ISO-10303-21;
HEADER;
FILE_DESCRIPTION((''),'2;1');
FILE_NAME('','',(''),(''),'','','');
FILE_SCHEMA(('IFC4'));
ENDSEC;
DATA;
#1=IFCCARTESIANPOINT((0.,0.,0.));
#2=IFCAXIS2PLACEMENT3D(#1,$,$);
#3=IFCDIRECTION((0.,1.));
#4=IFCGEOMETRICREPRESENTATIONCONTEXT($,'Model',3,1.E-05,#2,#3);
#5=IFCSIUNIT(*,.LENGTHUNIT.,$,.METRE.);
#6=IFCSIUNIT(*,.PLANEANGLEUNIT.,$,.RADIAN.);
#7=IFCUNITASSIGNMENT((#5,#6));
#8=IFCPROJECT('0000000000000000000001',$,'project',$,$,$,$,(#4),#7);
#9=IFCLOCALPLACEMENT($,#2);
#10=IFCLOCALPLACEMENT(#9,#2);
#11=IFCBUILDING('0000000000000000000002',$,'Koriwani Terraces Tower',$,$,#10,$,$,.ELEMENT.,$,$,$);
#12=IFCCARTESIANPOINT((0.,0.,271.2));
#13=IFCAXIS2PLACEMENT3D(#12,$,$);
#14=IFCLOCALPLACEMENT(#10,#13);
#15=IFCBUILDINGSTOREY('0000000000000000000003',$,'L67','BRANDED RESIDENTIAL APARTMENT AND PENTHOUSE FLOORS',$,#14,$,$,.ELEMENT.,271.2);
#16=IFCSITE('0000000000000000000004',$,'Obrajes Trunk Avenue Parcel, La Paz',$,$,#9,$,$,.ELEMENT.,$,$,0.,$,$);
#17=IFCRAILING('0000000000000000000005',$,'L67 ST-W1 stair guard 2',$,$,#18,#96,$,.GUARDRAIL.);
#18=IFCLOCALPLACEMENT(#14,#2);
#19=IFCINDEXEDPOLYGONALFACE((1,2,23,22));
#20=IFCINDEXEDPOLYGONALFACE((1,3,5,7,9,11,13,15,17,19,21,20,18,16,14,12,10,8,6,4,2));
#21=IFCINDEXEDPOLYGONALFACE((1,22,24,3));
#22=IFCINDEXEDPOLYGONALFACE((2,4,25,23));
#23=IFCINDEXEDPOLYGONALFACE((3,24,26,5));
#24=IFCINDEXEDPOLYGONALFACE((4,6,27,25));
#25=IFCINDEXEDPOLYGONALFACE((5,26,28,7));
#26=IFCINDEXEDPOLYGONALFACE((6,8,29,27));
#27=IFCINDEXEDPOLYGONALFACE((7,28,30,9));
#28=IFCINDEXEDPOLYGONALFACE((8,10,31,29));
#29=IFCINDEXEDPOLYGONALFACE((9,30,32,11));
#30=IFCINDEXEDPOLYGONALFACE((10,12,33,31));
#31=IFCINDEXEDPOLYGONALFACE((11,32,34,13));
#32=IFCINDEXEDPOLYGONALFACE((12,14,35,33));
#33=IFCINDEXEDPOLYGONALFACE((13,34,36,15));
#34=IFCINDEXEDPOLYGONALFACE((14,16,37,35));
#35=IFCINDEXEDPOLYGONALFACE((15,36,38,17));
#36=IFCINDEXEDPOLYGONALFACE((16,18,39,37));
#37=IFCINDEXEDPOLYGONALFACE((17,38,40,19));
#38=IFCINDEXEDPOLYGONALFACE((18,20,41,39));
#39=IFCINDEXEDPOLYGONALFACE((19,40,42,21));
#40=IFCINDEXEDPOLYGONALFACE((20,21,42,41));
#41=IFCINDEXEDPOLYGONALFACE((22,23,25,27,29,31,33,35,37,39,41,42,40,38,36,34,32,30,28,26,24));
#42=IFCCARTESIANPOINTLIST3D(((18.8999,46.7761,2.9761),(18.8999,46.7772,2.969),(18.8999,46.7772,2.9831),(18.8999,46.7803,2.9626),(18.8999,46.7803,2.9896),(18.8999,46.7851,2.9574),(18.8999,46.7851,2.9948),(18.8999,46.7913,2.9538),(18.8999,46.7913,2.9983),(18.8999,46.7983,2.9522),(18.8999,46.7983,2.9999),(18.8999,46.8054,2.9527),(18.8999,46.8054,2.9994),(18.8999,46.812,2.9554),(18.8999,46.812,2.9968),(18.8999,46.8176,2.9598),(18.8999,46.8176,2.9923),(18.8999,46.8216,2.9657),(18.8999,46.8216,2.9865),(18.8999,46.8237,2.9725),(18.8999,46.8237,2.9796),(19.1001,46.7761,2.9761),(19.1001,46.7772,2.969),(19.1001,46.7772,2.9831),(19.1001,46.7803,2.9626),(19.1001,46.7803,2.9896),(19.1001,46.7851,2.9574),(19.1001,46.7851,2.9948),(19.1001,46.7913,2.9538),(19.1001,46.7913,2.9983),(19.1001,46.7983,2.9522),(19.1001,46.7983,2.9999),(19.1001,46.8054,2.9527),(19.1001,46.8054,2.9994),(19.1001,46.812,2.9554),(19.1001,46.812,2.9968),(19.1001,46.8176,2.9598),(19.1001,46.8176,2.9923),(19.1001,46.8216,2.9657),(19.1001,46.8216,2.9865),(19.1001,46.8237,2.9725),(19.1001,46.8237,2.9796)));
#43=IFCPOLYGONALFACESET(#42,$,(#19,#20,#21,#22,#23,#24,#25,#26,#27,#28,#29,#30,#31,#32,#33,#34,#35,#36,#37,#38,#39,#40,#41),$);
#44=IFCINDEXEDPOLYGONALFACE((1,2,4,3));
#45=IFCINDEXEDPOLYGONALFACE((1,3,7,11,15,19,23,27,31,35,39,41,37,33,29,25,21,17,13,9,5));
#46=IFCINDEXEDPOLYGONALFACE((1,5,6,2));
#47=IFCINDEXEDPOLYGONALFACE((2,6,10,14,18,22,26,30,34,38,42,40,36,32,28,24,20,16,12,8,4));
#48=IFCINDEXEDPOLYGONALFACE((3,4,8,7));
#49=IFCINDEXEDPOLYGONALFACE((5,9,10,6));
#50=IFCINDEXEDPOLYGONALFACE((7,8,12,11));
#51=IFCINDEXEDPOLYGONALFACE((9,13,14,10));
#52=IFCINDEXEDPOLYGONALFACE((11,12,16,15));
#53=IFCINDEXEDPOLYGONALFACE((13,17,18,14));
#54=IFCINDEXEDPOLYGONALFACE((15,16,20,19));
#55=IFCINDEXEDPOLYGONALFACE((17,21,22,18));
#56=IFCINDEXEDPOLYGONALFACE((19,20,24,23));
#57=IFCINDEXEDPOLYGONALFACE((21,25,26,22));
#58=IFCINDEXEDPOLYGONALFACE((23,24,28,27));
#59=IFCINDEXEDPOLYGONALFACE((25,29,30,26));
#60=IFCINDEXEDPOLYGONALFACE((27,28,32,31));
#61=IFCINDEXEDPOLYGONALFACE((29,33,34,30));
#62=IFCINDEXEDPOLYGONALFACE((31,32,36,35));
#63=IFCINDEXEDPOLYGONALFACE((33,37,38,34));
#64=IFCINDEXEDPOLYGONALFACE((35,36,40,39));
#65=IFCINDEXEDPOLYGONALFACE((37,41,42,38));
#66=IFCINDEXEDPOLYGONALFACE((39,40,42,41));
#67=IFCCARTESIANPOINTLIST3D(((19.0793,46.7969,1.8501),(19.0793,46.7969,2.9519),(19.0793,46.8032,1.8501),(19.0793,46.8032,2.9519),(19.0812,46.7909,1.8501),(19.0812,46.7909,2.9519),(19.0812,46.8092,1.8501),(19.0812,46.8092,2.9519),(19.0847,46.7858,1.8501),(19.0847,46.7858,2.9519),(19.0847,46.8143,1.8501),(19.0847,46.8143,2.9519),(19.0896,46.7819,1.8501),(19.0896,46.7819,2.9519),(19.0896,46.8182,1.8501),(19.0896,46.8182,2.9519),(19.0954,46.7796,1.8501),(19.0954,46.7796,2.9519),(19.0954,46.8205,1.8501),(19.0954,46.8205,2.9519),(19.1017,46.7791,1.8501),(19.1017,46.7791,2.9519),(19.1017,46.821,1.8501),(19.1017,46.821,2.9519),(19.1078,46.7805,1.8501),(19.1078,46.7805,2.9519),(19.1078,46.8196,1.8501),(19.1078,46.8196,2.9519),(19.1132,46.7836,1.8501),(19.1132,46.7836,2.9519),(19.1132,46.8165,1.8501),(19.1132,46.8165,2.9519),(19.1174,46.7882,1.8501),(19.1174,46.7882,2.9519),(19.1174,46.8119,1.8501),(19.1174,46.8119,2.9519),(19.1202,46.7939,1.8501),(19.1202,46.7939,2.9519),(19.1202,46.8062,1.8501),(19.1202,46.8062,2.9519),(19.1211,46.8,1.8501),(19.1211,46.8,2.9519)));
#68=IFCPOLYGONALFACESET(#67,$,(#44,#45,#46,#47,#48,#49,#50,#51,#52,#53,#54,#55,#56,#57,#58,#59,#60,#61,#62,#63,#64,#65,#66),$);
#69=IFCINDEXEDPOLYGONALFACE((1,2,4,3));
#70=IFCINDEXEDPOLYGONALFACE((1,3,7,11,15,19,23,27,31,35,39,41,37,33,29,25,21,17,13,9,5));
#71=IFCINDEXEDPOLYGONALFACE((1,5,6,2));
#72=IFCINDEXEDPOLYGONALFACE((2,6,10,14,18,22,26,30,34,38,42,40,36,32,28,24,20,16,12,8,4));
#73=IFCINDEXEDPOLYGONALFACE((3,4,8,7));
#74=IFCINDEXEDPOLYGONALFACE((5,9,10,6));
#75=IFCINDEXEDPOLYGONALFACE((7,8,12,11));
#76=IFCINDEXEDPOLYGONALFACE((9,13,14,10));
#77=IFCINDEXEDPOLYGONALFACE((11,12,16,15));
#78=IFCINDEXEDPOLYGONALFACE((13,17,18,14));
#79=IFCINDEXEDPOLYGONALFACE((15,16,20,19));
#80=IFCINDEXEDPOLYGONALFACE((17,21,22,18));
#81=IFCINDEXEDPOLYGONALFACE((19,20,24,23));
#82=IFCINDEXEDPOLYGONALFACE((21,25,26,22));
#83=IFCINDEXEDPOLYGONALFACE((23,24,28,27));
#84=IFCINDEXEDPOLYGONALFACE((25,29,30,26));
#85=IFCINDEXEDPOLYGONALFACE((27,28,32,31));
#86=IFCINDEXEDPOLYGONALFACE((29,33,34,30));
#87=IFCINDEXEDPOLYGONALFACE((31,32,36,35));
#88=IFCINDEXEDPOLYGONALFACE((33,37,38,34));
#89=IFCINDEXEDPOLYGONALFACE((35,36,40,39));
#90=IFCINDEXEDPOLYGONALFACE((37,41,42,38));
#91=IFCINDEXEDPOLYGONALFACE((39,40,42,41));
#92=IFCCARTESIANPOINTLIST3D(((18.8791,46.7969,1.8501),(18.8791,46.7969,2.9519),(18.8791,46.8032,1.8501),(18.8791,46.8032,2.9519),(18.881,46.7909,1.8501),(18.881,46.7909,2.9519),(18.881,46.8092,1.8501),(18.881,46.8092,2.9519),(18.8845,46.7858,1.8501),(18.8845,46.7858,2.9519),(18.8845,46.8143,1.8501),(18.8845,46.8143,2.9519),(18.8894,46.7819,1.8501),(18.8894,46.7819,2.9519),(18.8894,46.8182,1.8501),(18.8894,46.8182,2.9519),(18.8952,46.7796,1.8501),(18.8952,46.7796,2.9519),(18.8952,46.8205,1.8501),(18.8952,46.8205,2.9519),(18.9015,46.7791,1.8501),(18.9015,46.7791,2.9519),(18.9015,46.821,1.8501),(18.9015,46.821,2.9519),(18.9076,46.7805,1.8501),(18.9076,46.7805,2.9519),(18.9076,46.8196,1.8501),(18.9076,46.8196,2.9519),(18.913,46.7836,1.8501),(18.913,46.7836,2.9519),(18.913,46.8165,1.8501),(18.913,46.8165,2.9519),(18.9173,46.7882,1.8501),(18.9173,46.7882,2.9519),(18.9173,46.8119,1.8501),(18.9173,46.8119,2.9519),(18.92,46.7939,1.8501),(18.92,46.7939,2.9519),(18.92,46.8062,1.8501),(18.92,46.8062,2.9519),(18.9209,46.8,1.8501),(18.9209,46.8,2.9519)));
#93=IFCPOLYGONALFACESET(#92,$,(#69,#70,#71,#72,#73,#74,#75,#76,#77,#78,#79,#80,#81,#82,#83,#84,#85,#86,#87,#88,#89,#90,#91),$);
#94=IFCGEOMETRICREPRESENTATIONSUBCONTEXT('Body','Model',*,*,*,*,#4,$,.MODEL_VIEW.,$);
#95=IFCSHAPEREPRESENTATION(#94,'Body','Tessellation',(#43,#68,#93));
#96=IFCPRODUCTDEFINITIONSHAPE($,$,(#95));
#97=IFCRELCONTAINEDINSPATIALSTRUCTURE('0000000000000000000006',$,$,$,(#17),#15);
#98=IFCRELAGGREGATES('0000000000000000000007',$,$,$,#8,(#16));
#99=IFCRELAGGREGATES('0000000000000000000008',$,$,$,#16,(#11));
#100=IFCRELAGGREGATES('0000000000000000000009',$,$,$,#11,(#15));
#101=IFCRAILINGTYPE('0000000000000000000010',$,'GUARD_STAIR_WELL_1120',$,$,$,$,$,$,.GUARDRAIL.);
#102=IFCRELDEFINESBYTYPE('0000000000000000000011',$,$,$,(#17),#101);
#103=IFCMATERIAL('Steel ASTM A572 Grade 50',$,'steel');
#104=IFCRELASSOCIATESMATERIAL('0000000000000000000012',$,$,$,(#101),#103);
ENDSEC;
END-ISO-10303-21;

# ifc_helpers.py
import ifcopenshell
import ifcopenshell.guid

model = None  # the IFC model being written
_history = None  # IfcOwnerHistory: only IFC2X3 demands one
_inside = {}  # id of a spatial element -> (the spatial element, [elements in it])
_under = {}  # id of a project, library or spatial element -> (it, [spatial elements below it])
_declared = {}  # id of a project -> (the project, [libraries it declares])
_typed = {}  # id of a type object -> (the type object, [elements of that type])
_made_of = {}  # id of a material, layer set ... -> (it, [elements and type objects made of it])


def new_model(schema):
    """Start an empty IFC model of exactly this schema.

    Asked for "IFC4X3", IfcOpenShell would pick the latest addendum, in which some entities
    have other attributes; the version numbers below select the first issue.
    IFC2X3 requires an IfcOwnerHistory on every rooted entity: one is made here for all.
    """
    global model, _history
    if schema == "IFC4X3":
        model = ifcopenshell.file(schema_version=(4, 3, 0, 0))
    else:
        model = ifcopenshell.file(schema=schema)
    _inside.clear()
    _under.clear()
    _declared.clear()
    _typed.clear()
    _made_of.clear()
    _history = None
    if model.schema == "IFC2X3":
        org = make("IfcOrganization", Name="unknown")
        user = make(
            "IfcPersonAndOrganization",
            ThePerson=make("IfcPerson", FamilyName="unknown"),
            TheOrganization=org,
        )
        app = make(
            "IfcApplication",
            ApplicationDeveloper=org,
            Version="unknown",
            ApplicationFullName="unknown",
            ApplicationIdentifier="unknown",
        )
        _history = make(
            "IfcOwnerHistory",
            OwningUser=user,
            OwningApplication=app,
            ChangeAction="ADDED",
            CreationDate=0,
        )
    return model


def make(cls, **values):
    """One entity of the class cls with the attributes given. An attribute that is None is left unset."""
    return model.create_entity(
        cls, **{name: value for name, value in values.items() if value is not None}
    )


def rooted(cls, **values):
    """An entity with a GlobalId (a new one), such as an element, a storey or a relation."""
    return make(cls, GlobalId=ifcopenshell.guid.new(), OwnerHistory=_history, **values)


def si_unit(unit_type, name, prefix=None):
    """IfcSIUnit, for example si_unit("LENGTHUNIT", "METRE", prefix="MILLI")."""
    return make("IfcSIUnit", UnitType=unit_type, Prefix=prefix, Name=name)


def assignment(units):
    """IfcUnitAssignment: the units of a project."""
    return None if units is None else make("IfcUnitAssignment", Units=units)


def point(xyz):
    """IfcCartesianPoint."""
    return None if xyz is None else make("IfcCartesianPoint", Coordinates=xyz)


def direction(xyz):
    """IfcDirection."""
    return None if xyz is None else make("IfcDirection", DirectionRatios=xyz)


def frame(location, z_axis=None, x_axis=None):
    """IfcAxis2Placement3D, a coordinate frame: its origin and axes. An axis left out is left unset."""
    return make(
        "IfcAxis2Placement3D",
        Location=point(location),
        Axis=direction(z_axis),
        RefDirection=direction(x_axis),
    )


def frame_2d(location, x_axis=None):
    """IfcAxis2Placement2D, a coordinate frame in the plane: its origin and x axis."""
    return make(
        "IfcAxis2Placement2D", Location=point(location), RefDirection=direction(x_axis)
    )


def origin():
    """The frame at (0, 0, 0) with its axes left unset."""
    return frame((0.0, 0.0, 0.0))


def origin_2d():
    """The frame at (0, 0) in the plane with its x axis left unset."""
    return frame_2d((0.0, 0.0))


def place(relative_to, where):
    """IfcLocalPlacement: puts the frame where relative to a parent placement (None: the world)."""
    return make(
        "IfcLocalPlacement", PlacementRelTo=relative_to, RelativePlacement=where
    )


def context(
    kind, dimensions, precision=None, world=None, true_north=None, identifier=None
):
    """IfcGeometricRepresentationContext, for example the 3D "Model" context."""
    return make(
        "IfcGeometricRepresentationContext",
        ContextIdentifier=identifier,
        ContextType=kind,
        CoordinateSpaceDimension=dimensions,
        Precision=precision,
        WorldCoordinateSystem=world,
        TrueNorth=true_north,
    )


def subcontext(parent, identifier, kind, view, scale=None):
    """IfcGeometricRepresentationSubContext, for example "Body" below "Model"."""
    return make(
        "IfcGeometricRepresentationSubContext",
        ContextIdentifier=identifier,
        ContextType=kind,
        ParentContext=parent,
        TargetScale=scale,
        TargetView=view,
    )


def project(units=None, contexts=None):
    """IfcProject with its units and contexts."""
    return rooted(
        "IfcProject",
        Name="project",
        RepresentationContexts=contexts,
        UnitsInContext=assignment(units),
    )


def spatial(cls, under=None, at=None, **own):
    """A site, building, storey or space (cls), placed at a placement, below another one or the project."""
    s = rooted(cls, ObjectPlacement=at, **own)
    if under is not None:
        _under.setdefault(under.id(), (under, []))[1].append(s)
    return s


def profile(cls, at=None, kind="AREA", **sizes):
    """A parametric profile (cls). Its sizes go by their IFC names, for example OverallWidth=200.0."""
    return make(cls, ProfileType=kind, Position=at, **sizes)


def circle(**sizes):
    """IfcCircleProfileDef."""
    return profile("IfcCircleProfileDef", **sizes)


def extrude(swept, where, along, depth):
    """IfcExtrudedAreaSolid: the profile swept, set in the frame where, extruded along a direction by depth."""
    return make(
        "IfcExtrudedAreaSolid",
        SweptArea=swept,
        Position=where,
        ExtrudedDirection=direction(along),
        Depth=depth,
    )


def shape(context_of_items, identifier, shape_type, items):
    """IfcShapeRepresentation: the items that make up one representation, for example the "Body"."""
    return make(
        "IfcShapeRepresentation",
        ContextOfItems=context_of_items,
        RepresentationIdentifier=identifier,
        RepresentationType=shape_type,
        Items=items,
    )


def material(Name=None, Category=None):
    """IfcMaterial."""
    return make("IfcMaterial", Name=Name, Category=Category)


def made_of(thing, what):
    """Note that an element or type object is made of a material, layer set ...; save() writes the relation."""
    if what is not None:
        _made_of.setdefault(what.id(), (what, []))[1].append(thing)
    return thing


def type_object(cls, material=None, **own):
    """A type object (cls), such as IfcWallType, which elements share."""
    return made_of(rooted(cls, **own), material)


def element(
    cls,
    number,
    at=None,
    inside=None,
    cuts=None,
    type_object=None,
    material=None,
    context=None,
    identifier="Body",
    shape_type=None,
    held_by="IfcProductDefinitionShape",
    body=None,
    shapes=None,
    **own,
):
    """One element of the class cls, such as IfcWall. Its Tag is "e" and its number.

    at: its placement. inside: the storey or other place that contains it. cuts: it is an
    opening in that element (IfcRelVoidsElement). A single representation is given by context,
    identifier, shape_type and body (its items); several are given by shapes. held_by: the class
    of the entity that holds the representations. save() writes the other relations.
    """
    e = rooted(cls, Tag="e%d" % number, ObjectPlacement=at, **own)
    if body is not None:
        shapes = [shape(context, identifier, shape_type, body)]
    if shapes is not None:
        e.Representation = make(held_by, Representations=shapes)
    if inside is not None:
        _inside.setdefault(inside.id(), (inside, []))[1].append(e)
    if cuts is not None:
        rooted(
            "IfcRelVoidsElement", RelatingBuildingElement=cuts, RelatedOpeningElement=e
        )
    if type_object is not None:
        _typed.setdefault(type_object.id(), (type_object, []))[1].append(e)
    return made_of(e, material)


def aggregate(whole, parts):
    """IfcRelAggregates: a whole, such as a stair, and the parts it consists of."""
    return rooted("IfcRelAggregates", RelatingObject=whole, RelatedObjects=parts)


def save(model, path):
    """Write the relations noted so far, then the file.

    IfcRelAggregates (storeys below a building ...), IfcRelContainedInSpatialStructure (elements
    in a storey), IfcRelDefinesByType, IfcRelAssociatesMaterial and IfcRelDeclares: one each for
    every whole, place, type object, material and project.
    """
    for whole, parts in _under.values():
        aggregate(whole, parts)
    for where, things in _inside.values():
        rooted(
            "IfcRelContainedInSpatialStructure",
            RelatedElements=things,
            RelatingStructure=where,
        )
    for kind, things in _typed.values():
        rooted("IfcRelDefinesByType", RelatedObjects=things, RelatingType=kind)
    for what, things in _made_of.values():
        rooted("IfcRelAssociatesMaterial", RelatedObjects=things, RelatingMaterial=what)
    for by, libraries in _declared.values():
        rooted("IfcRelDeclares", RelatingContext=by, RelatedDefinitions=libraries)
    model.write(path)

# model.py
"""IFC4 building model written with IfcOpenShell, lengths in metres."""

from ifc_helpers import new_model, si_unit, direction, frame, origin, origin_2d, place, context, subcontext, project, spatial, circle, extrude, material, type_object, element, save


model = new_model("IFC4")

# Units and contexts
model_context = context("Model", 3, precision=1e-05, world=origin(), true_north=direction((0.0, 1.0)))
body_context = subcontext(model_context, "Body", "Model", "MODEL_VIEW")
ifc_project = project(units=[si_unit("LENGTHUNIT", "METRE"), si_unit("PLANEANGLEUNIT", "RADIAN")], contexts=[model_context])

# Site, building, storey
site_placement = place(None, origin())
site = spatial("IfcSite", under=ifc_project, at=site_placement, Name="Obrajes Trunk Avenue Parcel, La Paz", CompositionType="ELEMENT", RefElevation=0.0)
building_placement = place(site_placement, origin())
building = spatial("IfcBuilding", under=site, at=building_placement, Name="Koriwani Terraces Tower", CompositionType="ELEMENT")
storey_placement = place(building_placement, frame((0.0, 0.0, 271.2)))
storey = spatial("IfcBuildingStorey", under=building, at=storey_placement, Name="L67", Description="BRANDED RESIDENTIAL APARTMENT AND PENTHOUSE FLOORS", CompositionType="ELEMENT", Elevation=271.2)

# Shared definitions
ifc_material_1 = material(Name="Steel ASTM A572 Grade 50", Category="steel")

# Railing
railing_type_1 = type_object("IfcRailingType", Name="GUARD_STAIR_WELL_1120", PredefinedType="GUARDRAIL", material=ifc_material_1)
railing_1_placement = place(storey_placement, frame((19.1001, 46.8, 1.8501)))
element("IfcRailing", 1, at=railing_1_placement, inside=storey, type_object=railing_type_1, Name="L67 ST-W1 stair guard 2", PredefinedType="GUARDRAIL", context=body_context, shape_type="SweptSolid", body=[
    extrude(circle(Radius=0.0239, at=origin_2d()), frame((0.0, 0.0, 1.126), z_axis=(-1.0, 0.0, 0.0), x_axis=(0.0, -1.0, 0.0)), (0.0, 0.0, 1.0), 0.2002),
    extrude(circle(Radius=0.021, at=origin_2d()), origin(), (0.0, 0.0, 1.0), 1.1018),
    extrude(circle(Radius=0.021, at=origin_2d()), frame((-0.2002, 0.0, 0.0)), (0.0, 0.0, 1.0), 1.1018),
])

save(model, "model.ifc")
